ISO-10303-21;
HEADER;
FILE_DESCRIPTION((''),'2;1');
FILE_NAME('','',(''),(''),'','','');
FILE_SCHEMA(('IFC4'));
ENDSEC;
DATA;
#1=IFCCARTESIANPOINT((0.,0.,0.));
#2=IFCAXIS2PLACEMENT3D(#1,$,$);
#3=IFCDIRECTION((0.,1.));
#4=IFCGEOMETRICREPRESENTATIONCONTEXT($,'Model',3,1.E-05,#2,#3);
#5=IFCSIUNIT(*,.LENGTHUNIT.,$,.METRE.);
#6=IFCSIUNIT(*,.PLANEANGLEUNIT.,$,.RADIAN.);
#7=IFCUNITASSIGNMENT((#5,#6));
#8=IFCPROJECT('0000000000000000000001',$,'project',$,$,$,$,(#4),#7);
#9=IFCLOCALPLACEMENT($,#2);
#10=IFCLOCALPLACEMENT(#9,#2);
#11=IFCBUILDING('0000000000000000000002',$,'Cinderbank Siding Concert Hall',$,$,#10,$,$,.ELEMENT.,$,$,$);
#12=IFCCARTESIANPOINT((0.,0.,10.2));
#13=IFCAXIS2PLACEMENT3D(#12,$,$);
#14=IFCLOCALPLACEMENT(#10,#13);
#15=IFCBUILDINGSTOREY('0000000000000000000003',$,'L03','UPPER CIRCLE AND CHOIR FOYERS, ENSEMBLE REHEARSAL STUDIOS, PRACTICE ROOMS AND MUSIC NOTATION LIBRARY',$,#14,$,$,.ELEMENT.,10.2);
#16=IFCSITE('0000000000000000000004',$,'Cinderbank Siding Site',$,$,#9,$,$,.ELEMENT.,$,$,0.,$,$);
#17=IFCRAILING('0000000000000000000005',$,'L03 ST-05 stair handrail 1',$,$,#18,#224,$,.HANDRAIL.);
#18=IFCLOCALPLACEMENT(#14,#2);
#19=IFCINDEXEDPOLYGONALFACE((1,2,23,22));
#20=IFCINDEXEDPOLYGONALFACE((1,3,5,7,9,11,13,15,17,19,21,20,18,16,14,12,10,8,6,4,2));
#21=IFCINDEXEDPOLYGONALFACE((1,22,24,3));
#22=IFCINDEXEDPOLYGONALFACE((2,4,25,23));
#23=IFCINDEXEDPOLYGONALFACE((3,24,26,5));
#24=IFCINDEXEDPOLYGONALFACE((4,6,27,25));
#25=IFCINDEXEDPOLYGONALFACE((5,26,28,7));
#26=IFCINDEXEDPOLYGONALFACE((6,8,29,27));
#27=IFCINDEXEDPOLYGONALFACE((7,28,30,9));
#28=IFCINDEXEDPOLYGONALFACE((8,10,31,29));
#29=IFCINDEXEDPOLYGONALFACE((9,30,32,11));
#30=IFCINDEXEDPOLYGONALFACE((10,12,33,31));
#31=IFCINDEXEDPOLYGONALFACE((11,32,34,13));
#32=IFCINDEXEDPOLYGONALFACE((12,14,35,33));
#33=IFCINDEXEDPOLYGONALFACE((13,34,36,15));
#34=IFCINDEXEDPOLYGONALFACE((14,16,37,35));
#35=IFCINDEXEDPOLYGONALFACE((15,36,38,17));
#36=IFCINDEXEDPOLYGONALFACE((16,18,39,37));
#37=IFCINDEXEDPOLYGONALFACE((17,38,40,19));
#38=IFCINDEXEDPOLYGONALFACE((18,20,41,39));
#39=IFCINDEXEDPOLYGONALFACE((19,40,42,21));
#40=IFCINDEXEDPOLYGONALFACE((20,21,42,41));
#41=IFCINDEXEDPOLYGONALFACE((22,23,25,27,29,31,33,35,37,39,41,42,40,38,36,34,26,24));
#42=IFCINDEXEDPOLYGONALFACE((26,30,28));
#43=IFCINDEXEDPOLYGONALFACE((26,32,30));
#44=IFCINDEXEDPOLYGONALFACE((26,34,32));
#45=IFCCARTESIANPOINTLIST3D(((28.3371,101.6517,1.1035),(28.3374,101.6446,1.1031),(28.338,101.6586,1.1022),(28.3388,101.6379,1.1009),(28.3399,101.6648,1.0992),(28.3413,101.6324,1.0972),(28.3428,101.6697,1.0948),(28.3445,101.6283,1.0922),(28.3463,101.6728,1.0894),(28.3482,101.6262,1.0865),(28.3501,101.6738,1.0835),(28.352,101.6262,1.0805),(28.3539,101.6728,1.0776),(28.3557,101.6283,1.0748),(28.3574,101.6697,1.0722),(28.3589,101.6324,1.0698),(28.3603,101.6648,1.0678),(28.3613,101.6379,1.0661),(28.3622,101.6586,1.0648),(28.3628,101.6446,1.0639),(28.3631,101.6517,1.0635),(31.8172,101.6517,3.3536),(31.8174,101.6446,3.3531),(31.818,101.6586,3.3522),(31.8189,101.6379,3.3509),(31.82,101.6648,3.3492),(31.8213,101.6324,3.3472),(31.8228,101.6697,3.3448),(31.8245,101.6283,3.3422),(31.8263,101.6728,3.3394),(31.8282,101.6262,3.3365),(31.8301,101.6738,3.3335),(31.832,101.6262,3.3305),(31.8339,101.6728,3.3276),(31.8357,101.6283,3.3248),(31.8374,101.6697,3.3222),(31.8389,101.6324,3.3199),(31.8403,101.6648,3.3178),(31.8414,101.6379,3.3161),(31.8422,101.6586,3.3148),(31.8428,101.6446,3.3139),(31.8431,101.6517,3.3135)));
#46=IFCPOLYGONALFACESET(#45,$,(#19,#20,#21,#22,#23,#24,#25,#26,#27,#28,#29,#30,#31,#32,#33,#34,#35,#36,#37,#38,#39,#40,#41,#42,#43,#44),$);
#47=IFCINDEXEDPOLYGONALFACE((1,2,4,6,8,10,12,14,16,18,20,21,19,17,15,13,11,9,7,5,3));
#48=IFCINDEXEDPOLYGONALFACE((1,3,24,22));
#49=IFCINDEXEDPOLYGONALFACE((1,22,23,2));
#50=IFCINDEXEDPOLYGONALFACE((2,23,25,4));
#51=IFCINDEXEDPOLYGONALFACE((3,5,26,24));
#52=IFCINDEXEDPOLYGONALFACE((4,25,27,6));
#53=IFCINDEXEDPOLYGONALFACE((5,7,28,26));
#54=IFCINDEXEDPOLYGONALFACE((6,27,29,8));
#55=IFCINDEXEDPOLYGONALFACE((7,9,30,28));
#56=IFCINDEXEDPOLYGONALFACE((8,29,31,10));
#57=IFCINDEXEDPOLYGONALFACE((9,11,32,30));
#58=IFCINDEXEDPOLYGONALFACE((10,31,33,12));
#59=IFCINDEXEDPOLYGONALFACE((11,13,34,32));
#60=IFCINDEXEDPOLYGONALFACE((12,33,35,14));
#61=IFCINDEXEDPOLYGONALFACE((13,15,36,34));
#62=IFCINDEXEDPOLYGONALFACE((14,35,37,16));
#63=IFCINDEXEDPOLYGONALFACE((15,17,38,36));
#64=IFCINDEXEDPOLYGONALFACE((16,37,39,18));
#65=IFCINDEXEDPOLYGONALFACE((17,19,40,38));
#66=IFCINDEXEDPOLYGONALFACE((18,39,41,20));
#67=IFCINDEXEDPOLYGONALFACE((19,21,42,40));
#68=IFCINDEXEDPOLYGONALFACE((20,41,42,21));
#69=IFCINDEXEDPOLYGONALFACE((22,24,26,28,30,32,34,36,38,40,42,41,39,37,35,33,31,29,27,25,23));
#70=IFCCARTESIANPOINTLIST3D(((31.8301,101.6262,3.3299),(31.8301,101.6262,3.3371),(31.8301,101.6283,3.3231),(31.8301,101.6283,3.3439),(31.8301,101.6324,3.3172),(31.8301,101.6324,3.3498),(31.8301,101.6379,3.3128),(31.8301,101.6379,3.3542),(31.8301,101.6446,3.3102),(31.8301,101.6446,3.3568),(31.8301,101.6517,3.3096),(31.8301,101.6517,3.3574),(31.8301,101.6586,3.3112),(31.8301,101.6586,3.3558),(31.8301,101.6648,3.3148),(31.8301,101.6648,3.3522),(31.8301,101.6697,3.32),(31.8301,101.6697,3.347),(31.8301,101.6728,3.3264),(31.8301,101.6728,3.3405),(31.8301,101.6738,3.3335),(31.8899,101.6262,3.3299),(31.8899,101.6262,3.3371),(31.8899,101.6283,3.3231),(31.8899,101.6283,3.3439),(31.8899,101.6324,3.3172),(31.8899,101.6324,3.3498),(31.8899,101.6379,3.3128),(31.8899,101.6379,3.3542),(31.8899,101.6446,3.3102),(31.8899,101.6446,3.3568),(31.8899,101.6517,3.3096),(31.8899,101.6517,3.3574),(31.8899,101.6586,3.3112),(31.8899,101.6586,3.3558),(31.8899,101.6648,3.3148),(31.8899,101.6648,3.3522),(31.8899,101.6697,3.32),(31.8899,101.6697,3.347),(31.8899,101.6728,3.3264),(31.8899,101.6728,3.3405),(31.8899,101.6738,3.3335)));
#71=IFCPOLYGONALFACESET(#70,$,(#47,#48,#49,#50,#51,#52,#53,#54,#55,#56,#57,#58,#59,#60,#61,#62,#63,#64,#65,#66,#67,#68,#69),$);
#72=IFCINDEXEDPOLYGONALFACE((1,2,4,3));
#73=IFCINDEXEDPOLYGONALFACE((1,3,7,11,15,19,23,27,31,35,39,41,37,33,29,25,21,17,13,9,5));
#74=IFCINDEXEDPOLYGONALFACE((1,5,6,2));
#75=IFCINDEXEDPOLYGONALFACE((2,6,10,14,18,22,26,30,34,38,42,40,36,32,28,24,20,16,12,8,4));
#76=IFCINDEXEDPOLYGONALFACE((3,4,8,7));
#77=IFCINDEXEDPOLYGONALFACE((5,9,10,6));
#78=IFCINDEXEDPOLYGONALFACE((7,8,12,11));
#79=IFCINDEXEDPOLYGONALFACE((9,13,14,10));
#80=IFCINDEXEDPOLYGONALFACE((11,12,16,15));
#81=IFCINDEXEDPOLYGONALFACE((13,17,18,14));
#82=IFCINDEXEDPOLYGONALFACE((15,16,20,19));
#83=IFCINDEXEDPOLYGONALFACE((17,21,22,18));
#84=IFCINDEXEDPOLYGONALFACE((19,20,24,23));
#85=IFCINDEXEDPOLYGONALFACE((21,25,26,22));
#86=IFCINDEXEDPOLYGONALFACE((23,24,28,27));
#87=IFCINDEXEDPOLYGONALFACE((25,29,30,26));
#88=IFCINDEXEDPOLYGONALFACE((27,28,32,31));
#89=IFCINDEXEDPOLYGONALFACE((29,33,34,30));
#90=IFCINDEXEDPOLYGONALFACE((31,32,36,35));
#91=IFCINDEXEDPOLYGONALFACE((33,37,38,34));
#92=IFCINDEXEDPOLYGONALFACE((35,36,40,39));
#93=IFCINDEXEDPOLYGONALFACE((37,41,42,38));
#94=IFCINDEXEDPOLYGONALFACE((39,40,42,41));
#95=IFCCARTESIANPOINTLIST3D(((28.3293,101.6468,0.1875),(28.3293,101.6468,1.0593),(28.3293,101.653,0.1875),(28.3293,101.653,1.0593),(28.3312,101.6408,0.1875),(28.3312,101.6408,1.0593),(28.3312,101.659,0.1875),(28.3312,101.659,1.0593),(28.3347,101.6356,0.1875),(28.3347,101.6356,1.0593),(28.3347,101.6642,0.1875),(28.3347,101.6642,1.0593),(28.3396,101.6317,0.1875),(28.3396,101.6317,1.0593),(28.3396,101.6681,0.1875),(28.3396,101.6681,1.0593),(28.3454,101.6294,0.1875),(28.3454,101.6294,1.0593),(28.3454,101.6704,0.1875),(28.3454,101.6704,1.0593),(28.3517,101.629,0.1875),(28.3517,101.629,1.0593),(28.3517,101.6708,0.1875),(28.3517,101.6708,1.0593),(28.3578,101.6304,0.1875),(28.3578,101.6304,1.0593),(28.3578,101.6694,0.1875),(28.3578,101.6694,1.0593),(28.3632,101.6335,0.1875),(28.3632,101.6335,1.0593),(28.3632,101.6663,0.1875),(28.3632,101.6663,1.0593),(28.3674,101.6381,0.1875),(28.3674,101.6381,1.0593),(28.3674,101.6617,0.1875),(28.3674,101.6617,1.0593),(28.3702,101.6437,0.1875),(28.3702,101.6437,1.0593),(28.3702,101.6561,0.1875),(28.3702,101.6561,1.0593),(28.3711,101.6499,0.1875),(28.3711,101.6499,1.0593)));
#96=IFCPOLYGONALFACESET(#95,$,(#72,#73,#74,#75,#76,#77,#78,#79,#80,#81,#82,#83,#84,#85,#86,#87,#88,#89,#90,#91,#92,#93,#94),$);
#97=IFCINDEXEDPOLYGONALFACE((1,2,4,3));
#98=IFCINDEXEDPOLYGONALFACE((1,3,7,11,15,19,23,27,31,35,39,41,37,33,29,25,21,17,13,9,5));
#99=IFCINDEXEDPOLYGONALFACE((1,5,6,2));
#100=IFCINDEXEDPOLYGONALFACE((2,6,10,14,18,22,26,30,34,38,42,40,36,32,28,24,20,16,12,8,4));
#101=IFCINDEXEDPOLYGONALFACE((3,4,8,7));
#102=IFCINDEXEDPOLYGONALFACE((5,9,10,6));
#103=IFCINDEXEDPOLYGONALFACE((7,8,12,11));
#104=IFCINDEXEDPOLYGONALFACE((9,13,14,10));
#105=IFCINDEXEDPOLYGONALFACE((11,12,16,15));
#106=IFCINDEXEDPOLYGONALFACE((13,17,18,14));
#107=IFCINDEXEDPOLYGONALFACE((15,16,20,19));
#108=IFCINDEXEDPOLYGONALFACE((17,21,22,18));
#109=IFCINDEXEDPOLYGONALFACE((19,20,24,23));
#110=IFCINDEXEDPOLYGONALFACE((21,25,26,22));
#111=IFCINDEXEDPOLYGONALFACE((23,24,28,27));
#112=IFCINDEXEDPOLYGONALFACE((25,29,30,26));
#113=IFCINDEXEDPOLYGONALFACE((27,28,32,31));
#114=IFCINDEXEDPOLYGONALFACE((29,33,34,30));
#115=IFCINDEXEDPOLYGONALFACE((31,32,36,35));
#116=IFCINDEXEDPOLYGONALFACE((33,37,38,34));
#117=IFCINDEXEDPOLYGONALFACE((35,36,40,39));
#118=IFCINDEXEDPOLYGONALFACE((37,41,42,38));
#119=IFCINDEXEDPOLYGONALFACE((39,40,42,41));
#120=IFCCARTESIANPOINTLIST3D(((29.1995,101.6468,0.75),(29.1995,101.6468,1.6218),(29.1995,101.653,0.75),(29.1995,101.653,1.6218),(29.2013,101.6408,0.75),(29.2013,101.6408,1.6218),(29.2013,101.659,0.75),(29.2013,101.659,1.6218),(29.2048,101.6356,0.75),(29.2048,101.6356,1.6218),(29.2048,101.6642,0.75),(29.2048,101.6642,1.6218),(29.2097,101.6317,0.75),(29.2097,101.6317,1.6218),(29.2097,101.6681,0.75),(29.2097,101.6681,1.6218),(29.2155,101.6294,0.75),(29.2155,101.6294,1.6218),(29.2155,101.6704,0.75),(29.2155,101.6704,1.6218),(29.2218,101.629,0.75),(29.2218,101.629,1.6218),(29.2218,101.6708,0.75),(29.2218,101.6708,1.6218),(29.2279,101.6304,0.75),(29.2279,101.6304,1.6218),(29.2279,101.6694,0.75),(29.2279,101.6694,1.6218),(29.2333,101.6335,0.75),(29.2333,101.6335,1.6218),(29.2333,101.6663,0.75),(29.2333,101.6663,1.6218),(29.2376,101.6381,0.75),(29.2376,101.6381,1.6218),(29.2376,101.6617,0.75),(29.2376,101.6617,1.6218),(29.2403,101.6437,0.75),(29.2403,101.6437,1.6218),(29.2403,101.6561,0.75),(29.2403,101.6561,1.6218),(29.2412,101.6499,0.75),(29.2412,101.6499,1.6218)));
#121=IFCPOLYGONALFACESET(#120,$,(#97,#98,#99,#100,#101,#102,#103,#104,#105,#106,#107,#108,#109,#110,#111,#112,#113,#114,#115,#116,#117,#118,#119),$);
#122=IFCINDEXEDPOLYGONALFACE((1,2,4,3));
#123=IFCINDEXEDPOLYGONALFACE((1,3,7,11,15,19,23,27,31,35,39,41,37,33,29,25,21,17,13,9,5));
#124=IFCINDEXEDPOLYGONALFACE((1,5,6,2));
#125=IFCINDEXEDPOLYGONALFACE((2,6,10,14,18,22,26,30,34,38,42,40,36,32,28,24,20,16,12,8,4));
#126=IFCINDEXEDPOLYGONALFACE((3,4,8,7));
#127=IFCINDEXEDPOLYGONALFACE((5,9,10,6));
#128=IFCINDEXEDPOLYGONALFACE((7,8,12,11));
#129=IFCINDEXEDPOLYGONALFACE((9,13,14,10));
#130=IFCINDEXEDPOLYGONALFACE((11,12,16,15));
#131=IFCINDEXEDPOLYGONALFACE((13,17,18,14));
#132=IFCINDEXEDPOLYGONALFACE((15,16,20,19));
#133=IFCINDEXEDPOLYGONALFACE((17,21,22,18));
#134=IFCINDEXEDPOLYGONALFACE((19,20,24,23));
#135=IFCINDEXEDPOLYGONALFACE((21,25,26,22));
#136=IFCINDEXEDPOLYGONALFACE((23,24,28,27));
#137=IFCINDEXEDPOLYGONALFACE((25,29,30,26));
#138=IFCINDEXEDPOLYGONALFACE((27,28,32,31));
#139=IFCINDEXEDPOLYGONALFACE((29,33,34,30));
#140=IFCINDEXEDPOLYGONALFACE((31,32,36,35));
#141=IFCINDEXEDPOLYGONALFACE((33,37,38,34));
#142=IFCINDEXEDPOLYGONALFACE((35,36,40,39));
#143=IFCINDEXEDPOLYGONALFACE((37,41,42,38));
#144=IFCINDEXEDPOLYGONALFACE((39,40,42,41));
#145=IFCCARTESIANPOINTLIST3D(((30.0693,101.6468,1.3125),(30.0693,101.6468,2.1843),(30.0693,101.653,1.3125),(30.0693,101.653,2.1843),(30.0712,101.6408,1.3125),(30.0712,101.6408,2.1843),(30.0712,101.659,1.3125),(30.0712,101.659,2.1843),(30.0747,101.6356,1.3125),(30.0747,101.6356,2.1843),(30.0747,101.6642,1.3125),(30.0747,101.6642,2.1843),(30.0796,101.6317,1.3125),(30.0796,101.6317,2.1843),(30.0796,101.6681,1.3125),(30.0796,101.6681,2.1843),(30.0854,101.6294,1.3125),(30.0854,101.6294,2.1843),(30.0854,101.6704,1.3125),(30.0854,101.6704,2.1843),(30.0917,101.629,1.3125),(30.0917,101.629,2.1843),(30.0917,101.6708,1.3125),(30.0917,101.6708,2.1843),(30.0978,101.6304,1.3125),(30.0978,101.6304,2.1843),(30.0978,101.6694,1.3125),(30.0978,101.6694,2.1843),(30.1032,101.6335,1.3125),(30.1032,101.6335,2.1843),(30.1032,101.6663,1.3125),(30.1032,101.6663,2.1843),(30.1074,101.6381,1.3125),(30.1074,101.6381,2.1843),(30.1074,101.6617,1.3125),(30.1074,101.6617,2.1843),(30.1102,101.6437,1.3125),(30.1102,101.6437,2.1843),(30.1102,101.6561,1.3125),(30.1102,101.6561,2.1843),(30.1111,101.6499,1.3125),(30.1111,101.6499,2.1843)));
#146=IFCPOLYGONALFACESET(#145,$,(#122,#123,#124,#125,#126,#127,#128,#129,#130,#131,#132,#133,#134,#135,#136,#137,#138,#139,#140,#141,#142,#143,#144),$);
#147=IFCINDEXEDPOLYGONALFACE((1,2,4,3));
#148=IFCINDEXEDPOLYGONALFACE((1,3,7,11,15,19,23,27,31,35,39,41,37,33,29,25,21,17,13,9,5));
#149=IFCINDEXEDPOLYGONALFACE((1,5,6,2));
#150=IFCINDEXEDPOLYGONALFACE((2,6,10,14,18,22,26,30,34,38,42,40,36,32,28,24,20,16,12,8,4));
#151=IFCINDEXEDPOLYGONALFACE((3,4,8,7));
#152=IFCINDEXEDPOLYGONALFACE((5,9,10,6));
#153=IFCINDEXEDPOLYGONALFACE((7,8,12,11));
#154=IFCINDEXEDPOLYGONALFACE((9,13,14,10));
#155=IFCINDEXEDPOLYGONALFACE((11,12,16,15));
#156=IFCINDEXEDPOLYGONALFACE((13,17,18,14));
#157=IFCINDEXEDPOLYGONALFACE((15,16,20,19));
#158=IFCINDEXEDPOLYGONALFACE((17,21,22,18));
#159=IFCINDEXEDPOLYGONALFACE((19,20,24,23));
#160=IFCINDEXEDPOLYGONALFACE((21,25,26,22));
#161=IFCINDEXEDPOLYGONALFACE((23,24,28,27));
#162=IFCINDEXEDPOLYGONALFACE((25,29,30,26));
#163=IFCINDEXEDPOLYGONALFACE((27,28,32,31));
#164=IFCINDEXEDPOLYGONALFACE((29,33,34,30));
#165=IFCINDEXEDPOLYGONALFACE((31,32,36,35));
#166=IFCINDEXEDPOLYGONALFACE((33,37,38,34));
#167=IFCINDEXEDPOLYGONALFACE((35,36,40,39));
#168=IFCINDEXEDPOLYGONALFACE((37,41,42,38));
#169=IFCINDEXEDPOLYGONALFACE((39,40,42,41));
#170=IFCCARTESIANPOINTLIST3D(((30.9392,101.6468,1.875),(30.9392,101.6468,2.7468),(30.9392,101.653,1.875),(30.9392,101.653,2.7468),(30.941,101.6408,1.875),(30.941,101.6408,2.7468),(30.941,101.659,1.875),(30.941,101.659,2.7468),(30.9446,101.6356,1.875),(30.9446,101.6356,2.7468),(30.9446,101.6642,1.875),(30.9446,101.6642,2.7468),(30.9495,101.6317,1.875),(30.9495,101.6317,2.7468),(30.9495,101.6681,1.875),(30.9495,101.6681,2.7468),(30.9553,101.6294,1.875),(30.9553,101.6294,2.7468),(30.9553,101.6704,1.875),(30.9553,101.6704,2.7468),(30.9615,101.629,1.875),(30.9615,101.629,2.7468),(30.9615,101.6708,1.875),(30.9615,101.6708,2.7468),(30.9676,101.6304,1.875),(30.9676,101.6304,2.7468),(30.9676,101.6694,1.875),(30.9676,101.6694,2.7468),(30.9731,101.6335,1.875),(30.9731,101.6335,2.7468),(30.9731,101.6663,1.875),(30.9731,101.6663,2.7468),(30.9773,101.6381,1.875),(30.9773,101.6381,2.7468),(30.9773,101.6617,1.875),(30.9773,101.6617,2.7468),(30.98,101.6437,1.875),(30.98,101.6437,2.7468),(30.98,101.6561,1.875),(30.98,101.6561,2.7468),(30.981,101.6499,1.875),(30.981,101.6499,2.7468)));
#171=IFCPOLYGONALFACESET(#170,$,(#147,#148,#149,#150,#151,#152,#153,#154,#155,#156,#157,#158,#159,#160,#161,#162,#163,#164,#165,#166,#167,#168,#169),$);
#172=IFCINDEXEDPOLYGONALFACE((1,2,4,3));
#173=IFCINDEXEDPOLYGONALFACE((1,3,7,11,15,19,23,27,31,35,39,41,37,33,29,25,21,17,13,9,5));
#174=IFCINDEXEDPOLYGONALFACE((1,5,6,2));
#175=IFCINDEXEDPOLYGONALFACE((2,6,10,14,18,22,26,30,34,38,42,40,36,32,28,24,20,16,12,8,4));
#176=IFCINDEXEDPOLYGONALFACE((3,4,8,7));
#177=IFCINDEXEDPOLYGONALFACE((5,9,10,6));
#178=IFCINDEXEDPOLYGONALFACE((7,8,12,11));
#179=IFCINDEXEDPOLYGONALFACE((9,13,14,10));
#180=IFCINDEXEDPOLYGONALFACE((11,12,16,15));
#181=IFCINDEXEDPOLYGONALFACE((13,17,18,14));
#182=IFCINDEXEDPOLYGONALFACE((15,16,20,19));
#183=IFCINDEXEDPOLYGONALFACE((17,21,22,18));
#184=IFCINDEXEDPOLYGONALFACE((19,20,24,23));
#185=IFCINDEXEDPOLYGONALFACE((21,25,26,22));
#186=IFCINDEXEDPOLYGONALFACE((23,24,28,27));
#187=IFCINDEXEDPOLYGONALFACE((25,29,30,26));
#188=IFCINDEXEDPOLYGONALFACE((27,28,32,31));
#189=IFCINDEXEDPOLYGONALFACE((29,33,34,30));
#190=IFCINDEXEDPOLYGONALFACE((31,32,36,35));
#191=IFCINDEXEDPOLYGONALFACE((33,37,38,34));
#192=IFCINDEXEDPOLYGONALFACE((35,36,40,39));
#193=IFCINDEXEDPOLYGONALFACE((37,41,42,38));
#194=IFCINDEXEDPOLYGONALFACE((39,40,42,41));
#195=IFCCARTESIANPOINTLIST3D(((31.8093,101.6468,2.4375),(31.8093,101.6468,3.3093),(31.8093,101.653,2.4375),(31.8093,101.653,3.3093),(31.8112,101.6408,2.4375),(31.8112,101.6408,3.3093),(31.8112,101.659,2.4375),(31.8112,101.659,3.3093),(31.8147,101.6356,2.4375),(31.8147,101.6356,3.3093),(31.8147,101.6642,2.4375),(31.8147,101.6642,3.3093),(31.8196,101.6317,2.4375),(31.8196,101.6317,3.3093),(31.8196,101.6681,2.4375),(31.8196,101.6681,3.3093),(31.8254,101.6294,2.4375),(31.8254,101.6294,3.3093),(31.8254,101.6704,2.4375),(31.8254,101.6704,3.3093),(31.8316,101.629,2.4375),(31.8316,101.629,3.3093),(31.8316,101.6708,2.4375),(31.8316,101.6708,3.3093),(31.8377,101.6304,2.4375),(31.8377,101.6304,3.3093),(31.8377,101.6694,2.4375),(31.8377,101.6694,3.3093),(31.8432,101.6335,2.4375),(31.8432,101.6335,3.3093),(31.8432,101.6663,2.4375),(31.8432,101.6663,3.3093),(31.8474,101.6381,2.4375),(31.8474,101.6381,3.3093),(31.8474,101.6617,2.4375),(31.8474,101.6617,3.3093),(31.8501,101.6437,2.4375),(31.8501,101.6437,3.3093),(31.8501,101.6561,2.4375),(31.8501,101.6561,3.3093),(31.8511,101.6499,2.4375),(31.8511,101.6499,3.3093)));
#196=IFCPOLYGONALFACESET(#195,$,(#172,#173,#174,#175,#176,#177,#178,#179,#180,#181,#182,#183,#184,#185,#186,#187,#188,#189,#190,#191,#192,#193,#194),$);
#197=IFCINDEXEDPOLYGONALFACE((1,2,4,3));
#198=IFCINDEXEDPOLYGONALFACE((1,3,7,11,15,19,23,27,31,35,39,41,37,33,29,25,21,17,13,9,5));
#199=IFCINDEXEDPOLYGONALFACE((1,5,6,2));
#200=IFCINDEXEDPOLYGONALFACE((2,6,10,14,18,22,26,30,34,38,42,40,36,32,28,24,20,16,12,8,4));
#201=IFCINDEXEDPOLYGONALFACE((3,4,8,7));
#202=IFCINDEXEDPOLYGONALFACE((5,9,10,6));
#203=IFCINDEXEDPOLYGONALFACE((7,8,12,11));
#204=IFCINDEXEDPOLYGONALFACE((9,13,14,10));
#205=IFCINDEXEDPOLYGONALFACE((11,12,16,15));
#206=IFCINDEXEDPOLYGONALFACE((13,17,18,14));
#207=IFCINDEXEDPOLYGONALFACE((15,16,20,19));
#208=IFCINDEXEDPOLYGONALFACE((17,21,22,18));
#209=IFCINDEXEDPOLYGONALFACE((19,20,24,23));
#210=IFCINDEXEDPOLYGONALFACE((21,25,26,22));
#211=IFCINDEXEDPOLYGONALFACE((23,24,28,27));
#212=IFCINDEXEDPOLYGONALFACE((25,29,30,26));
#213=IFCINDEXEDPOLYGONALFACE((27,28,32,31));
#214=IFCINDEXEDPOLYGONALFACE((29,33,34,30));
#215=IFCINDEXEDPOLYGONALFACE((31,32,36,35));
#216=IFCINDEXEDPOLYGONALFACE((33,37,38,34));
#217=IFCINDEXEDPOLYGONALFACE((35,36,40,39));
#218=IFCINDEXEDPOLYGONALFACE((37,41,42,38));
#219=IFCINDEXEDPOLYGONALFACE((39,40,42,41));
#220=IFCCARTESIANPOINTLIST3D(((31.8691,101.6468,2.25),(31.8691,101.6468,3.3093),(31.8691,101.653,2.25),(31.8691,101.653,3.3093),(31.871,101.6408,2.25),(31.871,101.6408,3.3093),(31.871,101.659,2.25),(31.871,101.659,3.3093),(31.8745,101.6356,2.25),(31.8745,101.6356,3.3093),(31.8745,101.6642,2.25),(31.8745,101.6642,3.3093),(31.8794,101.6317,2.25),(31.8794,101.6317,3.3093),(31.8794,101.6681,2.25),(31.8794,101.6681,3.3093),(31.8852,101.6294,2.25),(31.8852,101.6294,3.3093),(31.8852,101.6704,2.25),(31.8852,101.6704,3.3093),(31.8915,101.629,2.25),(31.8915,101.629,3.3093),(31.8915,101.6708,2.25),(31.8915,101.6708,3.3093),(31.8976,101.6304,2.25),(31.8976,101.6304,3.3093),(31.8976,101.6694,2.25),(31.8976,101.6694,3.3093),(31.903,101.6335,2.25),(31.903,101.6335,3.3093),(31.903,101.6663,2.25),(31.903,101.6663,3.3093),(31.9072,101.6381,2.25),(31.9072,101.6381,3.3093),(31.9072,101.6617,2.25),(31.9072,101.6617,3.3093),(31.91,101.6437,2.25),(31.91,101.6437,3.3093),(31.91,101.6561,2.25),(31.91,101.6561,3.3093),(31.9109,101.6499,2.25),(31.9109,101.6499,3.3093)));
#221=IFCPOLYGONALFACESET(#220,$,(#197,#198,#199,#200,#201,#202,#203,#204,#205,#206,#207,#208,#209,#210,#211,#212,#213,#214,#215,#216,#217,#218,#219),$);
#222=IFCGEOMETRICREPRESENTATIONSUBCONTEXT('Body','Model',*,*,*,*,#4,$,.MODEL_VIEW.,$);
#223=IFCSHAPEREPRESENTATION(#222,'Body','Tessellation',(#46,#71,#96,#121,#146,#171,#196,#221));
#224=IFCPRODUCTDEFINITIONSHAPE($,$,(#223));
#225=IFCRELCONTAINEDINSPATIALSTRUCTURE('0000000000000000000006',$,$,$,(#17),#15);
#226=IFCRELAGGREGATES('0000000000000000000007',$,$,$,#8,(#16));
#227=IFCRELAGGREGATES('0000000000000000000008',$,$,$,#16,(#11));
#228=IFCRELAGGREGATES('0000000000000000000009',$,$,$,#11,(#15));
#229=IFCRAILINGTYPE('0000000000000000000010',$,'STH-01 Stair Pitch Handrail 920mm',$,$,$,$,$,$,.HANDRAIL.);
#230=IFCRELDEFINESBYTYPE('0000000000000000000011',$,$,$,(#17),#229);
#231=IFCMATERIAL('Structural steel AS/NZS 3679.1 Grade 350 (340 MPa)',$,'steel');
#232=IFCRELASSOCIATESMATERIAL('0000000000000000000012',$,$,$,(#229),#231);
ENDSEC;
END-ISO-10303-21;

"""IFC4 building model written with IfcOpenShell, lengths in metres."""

from ifc_helpers import new_model, si_unit, direction, frame, origin, origin_2d, place, context, subcontext, project, spatial, circle, extrude, material, type_object, element, save


model = new_model("IFC4")

# Units and contexts
model_context = context("Model", 3, precision=1e-05, world=origin(), true_north=direction((0.0, 1.0)))
body_context = subcontext(model_context, "Body", "Model", "MODEL_VIEW")
ifc_project = project(units=[si_unit("LENGTHUNIT", "METRE"), si_unit("PLANEANGLEUNIT", "RADIAN")], contexts=[model_context])

# Site, building, storey
site_placement = place(None, origin())
site = spatial("IfcSite", under=ifc_project, at=site_placement, Name="Cinderbank Siding Site", CompositionType="ELEMENT", RefElevation=0.0)
building_placement = place(site_placement, origin())
building = spatial("IfcBuilding", under=site, at=building_placement, Name="Cinderbank Siding Concert Hall", CompositionType="ELEMENT")
storey_placement = place(building_placement, frame((0.0, 0.0, 10.2)))
storey = spatial("IfcBuildingStorey", under=building, at=storey_placement, Name="L03", Description="UPPER CIRCLE AND CHOIR FOYERS, ENSEMBLE REHEARSAL STUDIOS, PRACTICE ROOMS AND MUSIC NOTATION LIBRARY", CompositionType="ELEMENT", Elevation=10.2)

# Shared definitions
ifc_material_1 = material(Name="Structural steel AS/NZS 3679.1 Grade 350 (340 MPa)", Category="steel")

# Railing
railing_type_1 = type_object("IfcRailingType", Name="STH-01 Stair Pitch Handrail 920mm", PredefinedType="HANDRAIL", material=ifc_material_1)
railing_1_placement = place(storey_placement, frame((28.3501, 101.6499, 0.1875)))
element("IfcRailing", 1, at=railing_1_placement, inside=storey, type_object=railing_type_1, Name="L03 ST-05 stair handrail 1", PredefinedType="HANDRAIL", context=body_context, shape_type="SweptSolid", body=[
    extrude(circle(Radius=0.0239, at=origin_2d()), frame((0.0, 0.0, 0.896), z_axis=(0.839763, 0.0, 0.542953), x_axis=(0.0, 1.0, 0.0)), (0.0, 0.0, 1.0), 4.144),
    extrude(circle(Radius=0.0239, at=origin_2d()), frame((3.48, 0.0, 3.146), z_axis=(1.0, 0.0, 0.0), x_axis=(0.0, 1.0, 0.0)), (0.0, 0.0, 1.0), 0.0598),
    extrude(circle(Radius=0.021, at=origin_2d()), origin(), (0.0, 0.0, 1.0), 0.8718),
    extrude(circle(Radius=0.021, at=origin_2d()), frame((0.8701, 0.0, 0.5625)), (0.0, 0.0, 1.0), 0.8718),
    extrude(circle(Radius=0.021, at=origin_2d()), frame((1.74, 0.0, 1.125)), (0.0, 0.0, 1.0), 0.8718),
    extrude(circle(Radius=0.021, at=origin_2d()), frame((2.6099, 0.0, 1.6875)), (0.0, 0.0, 1.0), 0.8718),
    extrude(circle(Radius=0.021, at=origin_2d()), frame((3.48, 0.0, 2.25)), (0.0, 0.0, 1.0), 0.8718),
    extrude(circle(Radius=0.021, at=origin_2d()), frame((3.5398, 0.0, 2.0625)), (0.0, 0.0, 1.0), 1.0593),
])

save(model, "model.ifc")
